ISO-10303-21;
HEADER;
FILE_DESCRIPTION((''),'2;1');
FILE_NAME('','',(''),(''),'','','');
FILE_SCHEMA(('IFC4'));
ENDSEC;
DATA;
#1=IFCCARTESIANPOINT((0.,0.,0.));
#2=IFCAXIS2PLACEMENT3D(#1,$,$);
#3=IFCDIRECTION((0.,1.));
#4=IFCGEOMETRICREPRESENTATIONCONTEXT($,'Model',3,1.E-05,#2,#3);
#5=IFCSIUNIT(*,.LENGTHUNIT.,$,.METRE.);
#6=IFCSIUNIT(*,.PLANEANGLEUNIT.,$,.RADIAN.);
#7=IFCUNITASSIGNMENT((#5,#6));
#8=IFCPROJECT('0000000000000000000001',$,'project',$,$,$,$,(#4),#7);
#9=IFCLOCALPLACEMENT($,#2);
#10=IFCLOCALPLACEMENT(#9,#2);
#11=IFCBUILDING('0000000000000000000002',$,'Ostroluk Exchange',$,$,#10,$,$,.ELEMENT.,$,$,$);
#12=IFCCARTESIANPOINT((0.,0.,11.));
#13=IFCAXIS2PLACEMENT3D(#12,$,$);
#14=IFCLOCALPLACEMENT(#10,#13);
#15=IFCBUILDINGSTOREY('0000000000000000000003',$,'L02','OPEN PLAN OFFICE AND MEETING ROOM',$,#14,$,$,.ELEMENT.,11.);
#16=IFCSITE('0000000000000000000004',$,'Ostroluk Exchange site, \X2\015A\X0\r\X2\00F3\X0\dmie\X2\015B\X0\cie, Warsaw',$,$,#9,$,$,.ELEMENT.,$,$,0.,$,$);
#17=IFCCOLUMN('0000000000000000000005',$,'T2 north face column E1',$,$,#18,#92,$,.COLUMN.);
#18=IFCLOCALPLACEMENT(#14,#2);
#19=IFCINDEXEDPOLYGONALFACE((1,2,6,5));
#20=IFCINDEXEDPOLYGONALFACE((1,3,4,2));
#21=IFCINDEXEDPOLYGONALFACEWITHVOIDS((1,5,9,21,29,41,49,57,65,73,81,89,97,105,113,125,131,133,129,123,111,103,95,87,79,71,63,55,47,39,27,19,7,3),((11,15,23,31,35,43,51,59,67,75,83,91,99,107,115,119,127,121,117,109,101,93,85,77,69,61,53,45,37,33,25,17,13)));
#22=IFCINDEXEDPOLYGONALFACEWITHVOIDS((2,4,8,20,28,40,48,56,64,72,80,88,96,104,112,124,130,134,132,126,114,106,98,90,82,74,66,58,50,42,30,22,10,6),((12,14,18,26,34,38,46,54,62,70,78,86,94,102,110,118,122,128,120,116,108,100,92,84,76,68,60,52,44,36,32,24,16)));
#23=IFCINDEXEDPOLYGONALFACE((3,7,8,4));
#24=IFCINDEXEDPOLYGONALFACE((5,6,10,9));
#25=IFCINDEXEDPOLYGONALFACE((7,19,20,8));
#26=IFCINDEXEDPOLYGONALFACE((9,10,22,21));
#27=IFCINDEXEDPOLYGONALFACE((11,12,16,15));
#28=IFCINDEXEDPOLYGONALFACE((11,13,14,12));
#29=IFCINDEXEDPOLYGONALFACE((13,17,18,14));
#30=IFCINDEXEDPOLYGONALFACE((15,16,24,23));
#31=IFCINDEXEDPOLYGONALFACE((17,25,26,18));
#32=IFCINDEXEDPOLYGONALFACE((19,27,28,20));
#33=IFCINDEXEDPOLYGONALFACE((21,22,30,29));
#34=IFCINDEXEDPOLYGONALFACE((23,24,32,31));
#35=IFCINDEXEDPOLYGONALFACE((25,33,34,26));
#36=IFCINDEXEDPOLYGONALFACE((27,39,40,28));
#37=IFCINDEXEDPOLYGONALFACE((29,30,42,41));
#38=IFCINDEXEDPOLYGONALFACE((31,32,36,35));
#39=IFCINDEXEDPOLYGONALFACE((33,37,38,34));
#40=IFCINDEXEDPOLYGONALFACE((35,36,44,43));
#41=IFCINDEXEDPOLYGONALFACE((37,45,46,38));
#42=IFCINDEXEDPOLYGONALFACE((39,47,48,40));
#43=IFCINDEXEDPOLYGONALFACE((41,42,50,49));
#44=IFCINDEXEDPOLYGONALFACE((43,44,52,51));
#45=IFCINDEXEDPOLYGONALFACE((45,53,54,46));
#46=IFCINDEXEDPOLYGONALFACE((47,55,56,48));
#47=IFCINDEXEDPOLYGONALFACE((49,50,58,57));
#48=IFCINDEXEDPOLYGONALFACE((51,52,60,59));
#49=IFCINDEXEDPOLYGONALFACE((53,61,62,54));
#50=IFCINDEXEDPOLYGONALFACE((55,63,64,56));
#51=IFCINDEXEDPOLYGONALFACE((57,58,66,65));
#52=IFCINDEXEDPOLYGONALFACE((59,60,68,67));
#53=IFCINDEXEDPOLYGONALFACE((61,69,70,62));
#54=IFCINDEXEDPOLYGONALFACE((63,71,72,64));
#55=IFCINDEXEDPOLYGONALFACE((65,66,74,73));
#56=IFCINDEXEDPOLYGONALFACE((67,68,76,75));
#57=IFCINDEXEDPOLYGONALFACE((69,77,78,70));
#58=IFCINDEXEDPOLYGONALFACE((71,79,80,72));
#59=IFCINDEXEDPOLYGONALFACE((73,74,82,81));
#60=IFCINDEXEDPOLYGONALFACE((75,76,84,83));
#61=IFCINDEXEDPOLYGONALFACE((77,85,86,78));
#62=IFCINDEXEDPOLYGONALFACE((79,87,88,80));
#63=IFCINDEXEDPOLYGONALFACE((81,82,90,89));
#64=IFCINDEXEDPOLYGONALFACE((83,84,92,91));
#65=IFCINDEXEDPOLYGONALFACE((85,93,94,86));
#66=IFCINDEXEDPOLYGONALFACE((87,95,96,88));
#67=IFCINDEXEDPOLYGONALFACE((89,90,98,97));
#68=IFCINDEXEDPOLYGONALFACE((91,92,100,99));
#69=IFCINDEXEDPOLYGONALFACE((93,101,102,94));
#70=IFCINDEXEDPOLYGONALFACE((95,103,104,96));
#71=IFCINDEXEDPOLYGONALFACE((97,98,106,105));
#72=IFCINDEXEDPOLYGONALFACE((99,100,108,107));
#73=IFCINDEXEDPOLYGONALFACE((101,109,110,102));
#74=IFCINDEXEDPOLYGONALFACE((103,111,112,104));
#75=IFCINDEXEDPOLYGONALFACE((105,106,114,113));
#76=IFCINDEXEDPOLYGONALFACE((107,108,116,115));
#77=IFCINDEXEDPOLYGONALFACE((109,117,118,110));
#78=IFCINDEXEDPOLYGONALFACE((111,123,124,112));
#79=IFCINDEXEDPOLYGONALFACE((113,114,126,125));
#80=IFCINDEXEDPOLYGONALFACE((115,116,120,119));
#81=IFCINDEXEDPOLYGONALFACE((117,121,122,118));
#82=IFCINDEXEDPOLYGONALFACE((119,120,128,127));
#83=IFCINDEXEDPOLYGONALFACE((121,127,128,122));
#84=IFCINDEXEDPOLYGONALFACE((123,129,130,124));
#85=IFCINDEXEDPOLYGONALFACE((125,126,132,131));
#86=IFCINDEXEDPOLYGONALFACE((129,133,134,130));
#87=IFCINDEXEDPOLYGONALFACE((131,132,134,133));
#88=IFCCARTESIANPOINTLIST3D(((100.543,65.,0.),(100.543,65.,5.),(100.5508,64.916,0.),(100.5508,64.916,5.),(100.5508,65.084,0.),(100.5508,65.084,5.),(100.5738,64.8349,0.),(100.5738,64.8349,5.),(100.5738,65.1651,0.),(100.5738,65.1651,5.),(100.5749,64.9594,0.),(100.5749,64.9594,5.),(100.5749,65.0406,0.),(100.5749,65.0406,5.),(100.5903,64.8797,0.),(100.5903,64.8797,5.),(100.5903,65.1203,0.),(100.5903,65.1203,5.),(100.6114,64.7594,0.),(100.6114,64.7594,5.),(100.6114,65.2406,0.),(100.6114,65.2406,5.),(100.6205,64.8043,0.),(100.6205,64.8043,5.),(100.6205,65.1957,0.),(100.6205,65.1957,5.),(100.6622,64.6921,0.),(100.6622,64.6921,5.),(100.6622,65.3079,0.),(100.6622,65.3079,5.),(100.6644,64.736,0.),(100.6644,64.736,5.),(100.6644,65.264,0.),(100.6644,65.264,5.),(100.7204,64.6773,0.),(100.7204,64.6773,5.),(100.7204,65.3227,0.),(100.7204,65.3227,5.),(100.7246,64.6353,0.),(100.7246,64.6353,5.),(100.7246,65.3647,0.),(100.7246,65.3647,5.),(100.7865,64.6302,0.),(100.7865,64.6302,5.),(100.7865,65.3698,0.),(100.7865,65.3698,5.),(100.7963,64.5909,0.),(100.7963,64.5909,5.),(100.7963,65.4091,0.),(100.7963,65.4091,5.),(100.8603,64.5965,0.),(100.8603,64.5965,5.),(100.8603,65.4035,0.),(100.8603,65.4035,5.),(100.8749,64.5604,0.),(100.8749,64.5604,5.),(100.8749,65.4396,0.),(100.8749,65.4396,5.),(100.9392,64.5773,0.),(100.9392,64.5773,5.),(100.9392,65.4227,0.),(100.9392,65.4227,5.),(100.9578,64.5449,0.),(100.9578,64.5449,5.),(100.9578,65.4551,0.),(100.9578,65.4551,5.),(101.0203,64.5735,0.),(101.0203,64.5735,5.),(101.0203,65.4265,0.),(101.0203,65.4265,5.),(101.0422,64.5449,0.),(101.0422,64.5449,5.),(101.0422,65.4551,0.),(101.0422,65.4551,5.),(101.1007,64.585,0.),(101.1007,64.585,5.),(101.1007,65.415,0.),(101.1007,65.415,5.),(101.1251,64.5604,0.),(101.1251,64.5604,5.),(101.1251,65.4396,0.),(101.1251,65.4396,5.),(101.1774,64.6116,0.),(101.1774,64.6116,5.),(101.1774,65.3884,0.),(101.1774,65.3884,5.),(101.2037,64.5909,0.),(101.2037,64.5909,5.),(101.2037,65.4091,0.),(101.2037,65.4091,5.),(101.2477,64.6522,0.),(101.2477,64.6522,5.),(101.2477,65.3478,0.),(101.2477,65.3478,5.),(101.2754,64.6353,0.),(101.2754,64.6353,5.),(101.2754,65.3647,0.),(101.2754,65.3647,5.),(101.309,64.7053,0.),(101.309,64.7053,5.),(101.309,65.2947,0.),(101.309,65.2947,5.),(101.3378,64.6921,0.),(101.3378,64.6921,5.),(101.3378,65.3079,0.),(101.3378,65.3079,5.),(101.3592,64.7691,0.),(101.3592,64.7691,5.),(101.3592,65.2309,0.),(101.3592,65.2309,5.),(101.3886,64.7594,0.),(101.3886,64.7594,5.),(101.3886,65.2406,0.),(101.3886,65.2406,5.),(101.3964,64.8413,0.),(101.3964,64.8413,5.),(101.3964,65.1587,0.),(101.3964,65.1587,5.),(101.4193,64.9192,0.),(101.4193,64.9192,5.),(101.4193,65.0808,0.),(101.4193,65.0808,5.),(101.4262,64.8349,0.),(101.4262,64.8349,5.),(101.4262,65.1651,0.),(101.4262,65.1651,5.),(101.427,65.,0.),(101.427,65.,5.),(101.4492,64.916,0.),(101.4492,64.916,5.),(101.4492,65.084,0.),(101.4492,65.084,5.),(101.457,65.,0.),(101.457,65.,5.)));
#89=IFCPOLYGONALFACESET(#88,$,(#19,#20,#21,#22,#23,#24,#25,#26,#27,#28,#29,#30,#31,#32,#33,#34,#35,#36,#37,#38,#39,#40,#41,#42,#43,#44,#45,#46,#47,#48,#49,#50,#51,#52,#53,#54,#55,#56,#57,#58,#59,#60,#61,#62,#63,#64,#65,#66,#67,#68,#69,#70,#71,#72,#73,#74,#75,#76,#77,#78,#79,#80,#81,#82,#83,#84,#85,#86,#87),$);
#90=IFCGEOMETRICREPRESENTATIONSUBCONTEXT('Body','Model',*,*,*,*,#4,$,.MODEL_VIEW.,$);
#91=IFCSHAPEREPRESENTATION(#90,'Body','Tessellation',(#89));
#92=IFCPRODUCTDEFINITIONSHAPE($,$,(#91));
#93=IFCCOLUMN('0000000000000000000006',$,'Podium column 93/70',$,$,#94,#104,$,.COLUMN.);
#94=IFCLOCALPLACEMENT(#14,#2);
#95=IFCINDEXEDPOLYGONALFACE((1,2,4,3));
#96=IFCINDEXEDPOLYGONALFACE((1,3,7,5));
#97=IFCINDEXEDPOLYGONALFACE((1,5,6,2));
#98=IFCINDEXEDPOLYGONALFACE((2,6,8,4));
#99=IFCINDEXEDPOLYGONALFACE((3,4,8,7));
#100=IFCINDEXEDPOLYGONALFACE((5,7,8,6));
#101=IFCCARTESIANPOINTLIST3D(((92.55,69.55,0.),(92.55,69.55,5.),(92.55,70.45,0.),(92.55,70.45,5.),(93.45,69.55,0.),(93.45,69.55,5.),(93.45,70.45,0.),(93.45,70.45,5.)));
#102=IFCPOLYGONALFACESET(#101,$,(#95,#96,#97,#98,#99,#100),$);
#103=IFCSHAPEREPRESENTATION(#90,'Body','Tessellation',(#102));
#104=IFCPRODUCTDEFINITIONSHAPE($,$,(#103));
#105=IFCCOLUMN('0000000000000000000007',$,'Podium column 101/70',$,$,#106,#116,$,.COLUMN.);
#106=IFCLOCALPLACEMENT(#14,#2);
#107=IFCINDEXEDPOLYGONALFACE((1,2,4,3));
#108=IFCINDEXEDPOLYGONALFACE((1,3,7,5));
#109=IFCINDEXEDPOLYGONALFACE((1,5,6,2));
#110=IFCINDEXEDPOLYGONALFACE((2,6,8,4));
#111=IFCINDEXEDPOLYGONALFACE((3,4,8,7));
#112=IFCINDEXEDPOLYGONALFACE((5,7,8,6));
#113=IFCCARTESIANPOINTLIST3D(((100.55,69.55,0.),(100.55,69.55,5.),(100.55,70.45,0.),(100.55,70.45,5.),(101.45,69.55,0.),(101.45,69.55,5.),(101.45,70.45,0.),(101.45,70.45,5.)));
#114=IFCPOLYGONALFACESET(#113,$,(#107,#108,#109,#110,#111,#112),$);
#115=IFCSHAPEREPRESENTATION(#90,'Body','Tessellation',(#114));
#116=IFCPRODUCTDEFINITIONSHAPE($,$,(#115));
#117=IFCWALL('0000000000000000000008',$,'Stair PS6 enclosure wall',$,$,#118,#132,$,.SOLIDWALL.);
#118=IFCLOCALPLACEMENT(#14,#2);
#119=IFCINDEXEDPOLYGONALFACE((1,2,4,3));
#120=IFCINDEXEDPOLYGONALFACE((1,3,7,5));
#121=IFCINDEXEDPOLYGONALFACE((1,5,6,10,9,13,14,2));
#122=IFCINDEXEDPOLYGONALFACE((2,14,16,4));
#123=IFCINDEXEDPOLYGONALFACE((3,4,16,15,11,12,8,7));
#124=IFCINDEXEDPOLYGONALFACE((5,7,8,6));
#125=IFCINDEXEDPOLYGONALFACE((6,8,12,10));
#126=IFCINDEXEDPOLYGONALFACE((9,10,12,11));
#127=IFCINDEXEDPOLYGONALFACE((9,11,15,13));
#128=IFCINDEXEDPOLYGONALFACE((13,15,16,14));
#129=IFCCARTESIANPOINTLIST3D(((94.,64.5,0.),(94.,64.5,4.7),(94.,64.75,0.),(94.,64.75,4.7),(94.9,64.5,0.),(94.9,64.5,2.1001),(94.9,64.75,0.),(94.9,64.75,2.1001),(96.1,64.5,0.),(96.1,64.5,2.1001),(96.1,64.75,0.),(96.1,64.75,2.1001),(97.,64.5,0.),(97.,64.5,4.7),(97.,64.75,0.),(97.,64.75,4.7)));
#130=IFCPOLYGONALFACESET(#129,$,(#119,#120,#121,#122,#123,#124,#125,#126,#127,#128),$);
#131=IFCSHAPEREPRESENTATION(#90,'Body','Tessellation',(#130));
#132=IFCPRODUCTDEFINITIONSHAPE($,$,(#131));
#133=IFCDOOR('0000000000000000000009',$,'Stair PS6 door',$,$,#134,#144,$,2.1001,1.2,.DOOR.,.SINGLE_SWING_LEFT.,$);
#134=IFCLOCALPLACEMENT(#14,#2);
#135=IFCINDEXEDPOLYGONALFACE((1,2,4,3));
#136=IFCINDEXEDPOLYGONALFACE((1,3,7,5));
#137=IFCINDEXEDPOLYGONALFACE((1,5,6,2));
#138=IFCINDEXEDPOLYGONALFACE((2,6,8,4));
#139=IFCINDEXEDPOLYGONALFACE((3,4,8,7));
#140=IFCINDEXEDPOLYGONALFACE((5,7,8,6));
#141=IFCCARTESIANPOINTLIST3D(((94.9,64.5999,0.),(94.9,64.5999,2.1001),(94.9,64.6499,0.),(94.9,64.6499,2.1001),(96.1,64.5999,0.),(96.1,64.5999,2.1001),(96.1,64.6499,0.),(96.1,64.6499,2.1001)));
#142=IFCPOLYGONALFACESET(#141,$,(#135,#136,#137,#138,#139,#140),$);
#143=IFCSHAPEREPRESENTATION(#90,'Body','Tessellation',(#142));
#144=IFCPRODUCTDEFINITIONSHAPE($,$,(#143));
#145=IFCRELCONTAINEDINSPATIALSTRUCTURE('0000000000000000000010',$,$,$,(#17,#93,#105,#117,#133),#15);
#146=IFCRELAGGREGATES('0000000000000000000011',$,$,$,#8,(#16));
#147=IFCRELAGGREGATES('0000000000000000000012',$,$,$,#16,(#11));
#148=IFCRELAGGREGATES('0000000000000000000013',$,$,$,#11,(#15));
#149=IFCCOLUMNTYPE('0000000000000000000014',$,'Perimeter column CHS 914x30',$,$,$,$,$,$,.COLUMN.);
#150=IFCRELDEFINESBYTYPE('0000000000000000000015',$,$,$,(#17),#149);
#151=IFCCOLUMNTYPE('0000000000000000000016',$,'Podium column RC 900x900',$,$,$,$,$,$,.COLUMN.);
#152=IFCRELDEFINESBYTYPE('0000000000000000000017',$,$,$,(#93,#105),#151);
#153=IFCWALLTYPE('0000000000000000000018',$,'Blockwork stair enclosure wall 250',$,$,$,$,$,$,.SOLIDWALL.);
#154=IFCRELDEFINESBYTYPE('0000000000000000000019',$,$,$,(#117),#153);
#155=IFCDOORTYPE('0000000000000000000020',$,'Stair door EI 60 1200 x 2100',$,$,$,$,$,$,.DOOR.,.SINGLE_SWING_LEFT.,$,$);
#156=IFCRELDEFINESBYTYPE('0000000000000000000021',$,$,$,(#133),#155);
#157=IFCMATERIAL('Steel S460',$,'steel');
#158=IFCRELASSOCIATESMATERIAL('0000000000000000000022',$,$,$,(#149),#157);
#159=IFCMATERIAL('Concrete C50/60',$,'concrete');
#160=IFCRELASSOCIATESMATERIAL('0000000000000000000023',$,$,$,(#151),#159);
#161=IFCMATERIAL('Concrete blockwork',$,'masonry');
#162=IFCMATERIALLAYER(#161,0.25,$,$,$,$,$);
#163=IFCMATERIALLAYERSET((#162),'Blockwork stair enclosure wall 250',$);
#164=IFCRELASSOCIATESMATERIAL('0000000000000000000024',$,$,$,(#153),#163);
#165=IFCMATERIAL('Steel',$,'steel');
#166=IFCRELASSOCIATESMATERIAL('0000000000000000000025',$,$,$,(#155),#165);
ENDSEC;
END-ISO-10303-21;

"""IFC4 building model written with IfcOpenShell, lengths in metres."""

from ifc_helpers import new_model, si_unit, direction, frame, frame_2d, origin, origin_2d, place, context, subcontext, project, spatial, rectangle, hollow_circle, extrude, material, layer, layer_set, material_profile, profile_set, type_object, element, fill, save


model = new_model("IFC4")

# Units and contexts
model_context = context("Model", 3, precision=1e-05, world=origin(), true_north=direction((0.0, 1.0)))
body_context = subcontext(model_context, "Body", "Model", "MODEL_VIEW")
ifc_project = project(units=[si_unit("LENGTHUNIT", "METRE"), si_unit("PLANEANGLEUNIT", "RADIAN")], contexts=[model_context])

# Site, building, storey
site_placement = place(None, origin())
site = spatial("IfcSite", under=ifc_project, at=site_placement, Name="Ostroluk Exchange site, Śródmieście, Warsaw", CompositionType="ELEMENT", RefElevation=0.0)
building_placement = place(site_placement, origin())
building = spatial("IfcBuilding", under=site, at=building_placement, Name="Ostroluk Exchange", CompositionType="ELEMENT")
storey_placement = place(building_placement, frame((0.0, 0.0, 11.0)))
storey = spatial("IfcBuildingStorey", under=building, at=storey_placement, Name="L02", Description="OPEN PLAN OFFICE AND MEETING ROOM", CompositionType="ELEMENT", Elevation=11.0)

# Columns
ifc_material_1 = material(Name="Steel S460", Category="steel")
ifc_material_profile_1 = material_profile(ifc_material_1, hollow_circle(Radius=0.457, WallThickness=0.03, at=origin_2d()), Name="CHS 914x30")
ifc_profile_set_1 = profile_set([ifc_material_profile_1], Name="Steel S460")
column_type_1 = type_object("IfcColumnType", Name="Perimeter column CHS 914x30", PredefinedType="COLUMN", material=ifc_profile_set_1)
column_placement = place(storey_placement, frame((101.0, 65.0, 0.0), z_axis=(0.0, 0.0, 1.0), x_axis=(1.0, 0.0, 0.0)))
element("IfcColumn", 1, at=column_placement, inside=storey, type_object=column_type_1, Name="T2 north face column E1", PredefinedType="COLUMN", context=body_context, shape_type="SweptSolid", body=[
    extrude(hollow_circle(Radius=0.457, WallThickness=0.03, at=origin_2d()), origin(), (0.0, 0.0, 1.0), 5.0),
])
ifc_material_2 = material(Name="Concrete C50/60", Category="concrete")
ifc_material_profile_2 = material_profile(ifc_material_2, rectangle(XDim=0.8999, YDim=0.8999, at=origin_2d()), Name="RC 900x900")
ifc_profile_set_2 = profile_set([ifc_material_profile_2], Name="Concrete C50/60")
column_type_2 = type_object("IfcColumnType", Name="Podium column RC 900x900", PredefinedType="COLUMN", material=ifc_profile_set_2)
for number, where, z_axis, x_axis, name in (
    (2, (93.0, 70.0, 0.0), (0.0, 0.0, 1.0), (1.0, 0.0, 0.0), "Podium column 93/70"),
    (3, (101.0, 70.0, 0.0), (0.0, 0.0, 1.0), (1.0, 0.0, 0.0), "Podium column 101/70"),
):
    element("IfcColumn", number, at=place(storey_placement, frame(where, z_axis=z_axis, x_axis=x_axis)), inside=storey, type_object=column_type_2, Name=name, PredefinedType="COLUMN", context=body_context, shape_type="SweptSolid", body=[
        extrude(rectangle(XDim=0.8999, YDim=0.8999, at=origin_2d()), origin(), (0.0, 0.0, 1.0), 5.0),
    ])

# Wall, opening, door
ifc_material_3 = material(Name="Concrete blockwork", Category="masonry")
ifc_layer_1 = layer(ifc_material_3, 0.25)
ifc_layer_set_1 = layer_set([ifc_layer_1], Name="Blockwork stair enclosure wall 250")
wall_type_1 = type_object("IfcWallType", Name="Blockwork stair enclosure wall 250", PredefinedType="SOLIDWALL", material=ifc_layer_set_1)
wall_1_placement = place(storey_placement, frame((94.0, 64.625, 0.0), z_axis=(0.0, 0.0, 1.0), x_axis=(1.0, 0.0, 0.0)))
wall_1 = element("IfcWall", 4, at=wall_1_placement, inside=storey, type_object=wall_type_1, Name="Stair PS6 enclosure wall", PredefinedType="SOLIDWALL", context=body_context, shape_type="SweptSolid", body=[
    extrude(rectangle(XDim=3.0, YDim=0.25, at=frame_2d((1.5, 0.0))), origin(), (0.0, 0.0, 1.0), 4.7),
])
opening_1_placement = place(wall_1_placement, frame((0.8999, 0.0, 0.0)))
opening_1 = element("IfcOpeningElement", 5, at=opening_1_placement, cuts=wall_1, PredefinedType="OPENING", context=body_context, shape_type="SweptSolid", body=[
    extrude(rectangle(XDim=1.2, YDim=2.1001, at=frame_2d((0.6001, 1.05))), frame((0.0, 0.135, 0.0), z_axis=(0.0, -1.0, 0.0), x_axis=(1.0, 0.0, 0.0)), (0.0, 0.0, 1.0), 0.27),
])
ifc_material_4 = material(Name="Steel", Category="steel")
door_type_1 = type_object("IfcDoorType", Name="Stair door EI 60 1200 x 2100", OperationType="SINGLE_SWING_LEFT", PredefinedType="DOOR", material=ifc_material_4)
door_1_placement = place(opening_1_placement, origin())
door_1 = element("IfcDoor", 6, at=door_1_placement, inside=storey, type_object=door_type_1, Name="Stair PS6 door", OperationType="SINGLE_SWING_LEFT", OverallHeight=2.1001, OverallWidth=1.2, PredefinedType="DOOR", context=body_context, shape_type="SweptSolid", body=[
    extrude(rectangle(XDim=1.2, YDim=2.1001, at=frame_2d((0.6001, 1.05))), frame((0.0, 0.0249, 0.0), z_axis=(0.0, -1.0, 0.0), x_axis=(1.0, 0.0, 0.0)), (0.0, 0.0, 1.0), 0.05),
])
fill(opening_1, door_1)

save(model, "model.ifc")
